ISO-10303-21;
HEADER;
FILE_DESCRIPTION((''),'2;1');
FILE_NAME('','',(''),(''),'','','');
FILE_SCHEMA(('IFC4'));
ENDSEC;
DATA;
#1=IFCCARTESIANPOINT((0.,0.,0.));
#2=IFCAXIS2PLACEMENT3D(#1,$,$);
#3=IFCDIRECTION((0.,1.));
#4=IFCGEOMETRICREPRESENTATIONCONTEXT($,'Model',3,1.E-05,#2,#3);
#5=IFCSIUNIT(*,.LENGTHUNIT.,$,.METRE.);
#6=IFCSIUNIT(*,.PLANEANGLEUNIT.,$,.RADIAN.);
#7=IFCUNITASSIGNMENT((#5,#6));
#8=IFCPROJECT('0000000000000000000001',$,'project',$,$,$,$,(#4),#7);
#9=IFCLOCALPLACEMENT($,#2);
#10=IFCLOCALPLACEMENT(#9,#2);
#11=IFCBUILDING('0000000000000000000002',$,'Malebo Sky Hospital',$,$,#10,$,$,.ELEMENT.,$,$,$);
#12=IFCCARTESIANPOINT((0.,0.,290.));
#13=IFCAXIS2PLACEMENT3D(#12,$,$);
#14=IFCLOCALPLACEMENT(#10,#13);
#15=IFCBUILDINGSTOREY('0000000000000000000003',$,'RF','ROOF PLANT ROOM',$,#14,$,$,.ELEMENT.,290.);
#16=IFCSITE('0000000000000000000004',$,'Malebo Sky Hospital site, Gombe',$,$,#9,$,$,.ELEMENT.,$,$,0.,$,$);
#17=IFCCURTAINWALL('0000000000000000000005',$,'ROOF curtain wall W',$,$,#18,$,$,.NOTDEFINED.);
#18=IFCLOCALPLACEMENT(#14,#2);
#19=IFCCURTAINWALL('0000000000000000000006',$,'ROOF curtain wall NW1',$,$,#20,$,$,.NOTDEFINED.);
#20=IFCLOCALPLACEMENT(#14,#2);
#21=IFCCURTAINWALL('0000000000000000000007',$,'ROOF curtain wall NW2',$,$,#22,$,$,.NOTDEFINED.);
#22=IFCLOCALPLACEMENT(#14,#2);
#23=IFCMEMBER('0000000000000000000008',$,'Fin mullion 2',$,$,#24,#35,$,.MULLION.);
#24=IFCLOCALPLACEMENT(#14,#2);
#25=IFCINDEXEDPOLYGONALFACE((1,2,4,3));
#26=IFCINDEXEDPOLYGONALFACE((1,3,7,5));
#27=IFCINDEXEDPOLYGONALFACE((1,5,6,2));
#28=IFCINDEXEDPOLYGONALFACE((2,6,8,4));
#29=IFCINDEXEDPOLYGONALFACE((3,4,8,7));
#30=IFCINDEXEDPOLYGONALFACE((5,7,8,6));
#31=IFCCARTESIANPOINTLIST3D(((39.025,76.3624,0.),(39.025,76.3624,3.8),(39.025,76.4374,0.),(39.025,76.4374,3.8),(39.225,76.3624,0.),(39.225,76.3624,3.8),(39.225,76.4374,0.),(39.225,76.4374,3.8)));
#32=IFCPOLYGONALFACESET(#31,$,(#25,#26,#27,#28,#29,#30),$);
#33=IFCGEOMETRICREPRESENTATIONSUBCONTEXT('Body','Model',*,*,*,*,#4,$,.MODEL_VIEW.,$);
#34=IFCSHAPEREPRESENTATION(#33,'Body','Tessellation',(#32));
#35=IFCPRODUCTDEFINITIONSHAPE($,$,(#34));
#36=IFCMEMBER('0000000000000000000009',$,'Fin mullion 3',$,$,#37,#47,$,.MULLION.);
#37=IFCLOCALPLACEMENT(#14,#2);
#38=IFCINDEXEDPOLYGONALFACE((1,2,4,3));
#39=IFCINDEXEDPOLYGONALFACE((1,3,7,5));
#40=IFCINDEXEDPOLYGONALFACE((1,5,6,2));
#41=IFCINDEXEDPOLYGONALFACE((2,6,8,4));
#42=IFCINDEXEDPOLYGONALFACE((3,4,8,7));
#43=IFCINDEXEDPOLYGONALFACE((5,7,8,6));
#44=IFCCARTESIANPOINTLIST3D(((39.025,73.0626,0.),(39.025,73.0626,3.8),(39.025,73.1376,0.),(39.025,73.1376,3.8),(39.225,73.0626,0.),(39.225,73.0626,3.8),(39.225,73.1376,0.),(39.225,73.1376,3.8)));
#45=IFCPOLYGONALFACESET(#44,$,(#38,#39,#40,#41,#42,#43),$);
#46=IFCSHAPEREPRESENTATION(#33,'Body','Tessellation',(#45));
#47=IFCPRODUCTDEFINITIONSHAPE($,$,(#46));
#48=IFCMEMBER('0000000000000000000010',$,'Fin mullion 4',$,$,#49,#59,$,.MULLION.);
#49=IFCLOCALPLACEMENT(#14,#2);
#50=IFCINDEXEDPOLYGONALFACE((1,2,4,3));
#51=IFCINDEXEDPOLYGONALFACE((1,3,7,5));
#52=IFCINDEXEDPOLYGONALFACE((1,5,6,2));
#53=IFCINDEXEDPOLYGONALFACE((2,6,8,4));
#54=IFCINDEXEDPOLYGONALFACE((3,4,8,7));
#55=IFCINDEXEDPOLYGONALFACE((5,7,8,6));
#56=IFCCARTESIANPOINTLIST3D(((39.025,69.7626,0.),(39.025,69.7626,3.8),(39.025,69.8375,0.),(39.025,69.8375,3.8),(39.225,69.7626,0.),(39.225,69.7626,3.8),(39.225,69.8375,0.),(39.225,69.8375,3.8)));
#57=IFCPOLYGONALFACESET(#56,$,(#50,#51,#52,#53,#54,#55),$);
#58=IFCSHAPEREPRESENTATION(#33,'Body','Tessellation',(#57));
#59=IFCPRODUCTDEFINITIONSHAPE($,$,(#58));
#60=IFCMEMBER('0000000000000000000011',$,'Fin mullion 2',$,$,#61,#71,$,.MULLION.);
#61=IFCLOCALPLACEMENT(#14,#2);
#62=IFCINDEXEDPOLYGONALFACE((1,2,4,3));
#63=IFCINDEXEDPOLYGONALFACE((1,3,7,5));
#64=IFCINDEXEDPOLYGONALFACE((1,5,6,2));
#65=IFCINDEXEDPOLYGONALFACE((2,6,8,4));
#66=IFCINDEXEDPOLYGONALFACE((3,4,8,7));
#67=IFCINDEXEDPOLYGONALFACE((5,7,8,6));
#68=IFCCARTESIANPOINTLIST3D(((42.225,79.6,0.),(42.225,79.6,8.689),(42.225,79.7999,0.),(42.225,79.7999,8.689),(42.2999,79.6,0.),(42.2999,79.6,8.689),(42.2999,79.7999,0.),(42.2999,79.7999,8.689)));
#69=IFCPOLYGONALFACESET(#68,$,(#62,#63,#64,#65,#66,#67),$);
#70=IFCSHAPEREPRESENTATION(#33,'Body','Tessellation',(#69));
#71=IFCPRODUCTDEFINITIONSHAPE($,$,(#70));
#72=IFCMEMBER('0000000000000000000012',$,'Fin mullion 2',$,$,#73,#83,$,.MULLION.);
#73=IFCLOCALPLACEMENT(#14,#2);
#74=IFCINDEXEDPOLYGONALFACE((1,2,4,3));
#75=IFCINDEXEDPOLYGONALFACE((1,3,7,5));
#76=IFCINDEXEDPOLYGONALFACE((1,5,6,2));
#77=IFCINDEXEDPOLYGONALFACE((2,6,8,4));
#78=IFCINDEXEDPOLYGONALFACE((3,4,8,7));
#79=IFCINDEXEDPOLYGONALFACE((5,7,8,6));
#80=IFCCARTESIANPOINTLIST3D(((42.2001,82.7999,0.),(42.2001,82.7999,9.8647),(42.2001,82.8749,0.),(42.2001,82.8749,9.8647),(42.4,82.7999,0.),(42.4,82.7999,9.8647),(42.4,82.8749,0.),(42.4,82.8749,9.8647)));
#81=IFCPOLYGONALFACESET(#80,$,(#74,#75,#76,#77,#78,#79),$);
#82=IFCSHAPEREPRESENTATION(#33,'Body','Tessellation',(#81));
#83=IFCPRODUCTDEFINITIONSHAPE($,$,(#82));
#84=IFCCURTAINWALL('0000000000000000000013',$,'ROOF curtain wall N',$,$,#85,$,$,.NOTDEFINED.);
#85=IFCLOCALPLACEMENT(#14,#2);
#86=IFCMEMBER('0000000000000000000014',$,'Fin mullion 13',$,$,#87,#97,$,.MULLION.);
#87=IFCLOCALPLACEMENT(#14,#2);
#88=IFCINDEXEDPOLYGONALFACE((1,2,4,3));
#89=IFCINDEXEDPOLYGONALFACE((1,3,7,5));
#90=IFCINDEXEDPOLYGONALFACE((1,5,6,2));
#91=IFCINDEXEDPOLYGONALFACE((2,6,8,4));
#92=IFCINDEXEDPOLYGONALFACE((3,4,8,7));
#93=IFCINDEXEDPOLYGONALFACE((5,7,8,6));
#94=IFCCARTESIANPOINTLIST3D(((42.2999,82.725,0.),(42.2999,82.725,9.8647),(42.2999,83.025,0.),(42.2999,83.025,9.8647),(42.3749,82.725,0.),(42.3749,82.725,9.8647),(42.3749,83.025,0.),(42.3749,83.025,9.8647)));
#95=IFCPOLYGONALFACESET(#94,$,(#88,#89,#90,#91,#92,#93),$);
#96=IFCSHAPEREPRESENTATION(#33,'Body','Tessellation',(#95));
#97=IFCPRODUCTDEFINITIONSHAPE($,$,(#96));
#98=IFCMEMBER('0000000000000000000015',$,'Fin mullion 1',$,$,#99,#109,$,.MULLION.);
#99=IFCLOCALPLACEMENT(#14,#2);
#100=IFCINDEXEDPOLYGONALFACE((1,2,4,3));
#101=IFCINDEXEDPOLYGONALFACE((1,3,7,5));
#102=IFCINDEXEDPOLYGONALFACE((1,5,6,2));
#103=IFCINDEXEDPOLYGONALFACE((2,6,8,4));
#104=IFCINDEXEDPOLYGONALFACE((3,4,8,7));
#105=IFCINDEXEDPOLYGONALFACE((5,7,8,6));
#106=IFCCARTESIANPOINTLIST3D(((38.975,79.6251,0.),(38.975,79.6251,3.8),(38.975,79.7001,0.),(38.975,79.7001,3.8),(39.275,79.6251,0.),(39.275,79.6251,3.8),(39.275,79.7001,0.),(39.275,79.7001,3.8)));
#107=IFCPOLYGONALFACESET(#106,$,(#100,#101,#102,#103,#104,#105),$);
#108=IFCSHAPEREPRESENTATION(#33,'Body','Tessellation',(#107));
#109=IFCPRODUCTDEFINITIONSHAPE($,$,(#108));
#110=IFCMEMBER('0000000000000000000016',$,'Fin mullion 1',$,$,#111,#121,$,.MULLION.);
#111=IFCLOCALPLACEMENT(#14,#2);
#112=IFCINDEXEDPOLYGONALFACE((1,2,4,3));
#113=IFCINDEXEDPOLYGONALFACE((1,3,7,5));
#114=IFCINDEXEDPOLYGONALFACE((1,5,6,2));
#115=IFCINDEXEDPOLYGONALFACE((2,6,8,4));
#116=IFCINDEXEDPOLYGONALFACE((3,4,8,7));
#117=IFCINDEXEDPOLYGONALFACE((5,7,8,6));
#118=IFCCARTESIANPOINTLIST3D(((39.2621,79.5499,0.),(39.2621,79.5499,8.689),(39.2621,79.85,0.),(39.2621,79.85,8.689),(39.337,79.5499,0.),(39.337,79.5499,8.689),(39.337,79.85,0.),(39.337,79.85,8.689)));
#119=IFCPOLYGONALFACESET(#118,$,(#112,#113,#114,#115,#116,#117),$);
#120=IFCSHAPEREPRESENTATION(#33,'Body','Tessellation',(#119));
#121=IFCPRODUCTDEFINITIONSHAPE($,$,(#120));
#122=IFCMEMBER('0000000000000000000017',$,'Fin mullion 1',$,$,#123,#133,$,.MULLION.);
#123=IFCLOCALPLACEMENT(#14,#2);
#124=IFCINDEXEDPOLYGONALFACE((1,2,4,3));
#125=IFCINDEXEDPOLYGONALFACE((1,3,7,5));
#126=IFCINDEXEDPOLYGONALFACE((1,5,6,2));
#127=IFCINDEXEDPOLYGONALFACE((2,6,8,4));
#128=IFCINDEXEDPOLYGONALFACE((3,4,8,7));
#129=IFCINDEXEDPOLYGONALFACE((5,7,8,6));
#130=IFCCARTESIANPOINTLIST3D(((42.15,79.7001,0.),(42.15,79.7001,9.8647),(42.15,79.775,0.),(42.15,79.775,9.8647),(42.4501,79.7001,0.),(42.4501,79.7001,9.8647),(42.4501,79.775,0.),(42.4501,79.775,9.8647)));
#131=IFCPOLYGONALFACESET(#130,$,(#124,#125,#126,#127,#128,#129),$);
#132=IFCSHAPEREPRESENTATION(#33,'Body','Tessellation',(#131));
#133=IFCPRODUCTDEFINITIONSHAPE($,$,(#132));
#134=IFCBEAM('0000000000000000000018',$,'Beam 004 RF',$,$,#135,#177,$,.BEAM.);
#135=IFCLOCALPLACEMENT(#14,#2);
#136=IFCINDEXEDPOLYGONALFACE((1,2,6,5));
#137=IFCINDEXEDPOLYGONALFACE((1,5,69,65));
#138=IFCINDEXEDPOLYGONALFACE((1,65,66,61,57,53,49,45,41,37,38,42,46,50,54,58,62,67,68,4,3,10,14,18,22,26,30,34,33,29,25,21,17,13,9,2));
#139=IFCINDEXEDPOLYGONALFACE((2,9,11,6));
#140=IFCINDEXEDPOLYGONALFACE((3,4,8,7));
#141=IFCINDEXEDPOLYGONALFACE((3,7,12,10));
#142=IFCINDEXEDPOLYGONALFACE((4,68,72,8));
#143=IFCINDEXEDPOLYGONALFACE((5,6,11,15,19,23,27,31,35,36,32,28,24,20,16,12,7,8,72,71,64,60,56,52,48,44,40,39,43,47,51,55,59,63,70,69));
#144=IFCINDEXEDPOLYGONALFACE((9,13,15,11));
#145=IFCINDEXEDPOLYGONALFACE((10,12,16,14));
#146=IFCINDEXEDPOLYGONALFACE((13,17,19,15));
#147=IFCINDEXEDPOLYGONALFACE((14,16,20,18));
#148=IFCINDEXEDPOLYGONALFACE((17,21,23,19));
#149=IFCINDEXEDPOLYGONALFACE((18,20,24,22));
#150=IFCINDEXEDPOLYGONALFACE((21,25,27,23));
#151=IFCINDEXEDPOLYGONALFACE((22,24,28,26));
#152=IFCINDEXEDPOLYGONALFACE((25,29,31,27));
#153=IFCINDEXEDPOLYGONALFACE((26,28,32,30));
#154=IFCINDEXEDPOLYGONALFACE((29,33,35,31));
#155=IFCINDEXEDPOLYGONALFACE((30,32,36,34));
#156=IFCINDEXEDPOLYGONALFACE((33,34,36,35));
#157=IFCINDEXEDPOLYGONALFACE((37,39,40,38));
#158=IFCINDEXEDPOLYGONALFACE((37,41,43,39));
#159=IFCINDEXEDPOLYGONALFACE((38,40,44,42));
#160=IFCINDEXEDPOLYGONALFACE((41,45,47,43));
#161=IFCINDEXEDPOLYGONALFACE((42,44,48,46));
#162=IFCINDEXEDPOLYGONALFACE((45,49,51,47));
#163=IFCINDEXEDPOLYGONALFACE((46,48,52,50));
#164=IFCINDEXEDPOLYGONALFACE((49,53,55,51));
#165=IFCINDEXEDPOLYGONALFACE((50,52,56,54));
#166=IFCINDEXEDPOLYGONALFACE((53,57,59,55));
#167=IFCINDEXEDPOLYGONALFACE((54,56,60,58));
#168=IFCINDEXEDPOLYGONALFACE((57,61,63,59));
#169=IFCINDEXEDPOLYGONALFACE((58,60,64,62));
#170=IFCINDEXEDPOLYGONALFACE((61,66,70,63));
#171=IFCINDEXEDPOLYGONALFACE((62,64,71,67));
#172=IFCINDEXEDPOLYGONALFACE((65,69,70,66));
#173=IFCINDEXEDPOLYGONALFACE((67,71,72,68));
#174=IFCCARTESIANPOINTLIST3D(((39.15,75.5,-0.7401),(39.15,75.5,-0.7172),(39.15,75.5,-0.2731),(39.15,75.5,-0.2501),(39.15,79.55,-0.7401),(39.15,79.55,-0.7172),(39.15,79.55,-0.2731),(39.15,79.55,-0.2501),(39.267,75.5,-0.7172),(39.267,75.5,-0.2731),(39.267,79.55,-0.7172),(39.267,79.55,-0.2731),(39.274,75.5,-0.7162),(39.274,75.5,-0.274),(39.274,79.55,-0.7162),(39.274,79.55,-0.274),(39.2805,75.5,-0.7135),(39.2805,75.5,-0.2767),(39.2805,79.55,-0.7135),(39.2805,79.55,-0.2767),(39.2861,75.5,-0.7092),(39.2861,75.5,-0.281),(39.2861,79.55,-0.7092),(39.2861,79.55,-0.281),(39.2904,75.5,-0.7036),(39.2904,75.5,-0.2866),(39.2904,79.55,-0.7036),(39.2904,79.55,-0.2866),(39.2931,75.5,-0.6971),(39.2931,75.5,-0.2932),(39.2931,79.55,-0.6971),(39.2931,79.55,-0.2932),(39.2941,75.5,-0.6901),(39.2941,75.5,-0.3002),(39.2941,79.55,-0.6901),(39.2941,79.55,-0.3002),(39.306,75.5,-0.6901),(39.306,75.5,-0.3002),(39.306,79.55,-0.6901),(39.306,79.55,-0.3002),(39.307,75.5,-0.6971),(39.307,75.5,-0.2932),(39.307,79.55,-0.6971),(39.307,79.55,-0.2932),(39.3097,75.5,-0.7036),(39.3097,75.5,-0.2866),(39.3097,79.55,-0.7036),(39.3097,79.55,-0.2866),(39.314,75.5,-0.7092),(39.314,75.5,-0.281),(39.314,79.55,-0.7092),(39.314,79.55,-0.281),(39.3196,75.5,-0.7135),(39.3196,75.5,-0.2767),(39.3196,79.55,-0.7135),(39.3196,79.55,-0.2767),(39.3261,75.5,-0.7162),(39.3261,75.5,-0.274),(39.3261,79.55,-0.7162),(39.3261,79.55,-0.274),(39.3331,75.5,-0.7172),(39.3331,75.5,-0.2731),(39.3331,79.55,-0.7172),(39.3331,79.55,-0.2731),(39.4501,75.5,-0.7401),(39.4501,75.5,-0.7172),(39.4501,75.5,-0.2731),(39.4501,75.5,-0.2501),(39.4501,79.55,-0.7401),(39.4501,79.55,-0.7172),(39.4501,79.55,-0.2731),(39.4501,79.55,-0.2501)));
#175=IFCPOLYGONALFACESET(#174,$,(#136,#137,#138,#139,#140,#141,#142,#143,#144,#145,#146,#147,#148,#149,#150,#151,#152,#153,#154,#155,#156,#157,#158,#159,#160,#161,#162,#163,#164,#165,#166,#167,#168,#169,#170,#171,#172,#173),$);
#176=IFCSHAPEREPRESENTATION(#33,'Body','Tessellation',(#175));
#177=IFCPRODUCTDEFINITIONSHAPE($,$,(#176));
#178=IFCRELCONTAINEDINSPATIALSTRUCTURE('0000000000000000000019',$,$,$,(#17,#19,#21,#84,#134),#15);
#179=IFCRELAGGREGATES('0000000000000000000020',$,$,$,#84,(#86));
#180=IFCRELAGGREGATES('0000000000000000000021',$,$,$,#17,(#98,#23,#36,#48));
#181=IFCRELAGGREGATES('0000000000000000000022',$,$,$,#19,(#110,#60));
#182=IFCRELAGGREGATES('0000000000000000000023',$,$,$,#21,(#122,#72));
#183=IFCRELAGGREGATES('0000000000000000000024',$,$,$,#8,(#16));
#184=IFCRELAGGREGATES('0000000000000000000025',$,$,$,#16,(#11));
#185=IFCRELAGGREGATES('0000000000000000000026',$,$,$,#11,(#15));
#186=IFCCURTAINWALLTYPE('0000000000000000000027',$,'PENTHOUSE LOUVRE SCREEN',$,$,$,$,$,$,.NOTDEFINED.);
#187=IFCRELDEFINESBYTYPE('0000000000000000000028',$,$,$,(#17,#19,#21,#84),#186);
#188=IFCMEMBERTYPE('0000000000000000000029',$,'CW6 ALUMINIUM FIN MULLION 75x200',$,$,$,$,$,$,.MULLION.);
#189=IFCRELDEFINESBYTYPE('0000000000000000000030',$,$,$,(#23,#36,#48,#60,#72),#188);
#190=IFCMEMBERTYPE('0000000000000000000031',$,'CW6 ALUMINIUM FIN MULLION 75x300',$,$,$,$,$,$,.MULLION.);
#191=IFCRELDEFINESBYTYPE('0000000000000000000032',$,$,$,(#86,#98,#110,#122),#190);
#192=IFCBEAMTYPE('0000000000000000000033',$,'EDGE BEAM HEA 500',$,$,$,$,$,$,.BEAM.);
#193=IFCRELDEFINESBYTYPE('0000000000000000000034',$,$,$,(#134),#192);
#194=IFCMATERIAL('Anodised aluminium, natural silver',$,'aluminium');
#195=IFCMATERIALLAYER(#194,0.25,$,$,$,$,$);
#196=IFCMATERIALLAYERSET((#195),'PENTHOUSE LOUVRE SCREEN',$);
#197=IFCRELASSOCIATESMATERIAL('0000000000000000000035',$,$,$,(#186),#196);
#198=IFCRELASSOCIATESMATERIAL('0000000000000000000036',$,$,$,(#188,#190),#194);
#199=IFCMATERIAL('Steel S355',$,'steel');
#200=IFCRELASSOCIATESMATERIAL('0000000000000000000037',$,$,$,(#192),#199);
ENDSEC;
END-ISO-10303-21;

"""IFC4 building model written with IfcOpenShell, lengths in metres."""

from ifc_helpers import new_model, si_unit, direction, frame, origin, origin_2d, place, context, subcontext, project, spatial, rectangle, i_section, extrude, material, layer, layer_set, material_profile, profile_set, type_object, element, aggregate, save


model = new_model("IFC4")

# Units and contexts
model_context = context("Model", 3, precision=1e-05, world=origin(), true_north=direction((0.0, 1.0)))
body_context = subcontext(model_context, "Body", "Model", "MODEL_VIEW")
ifc_project = project(units=[si_unit("LENGTHUNIT", "METRE"), si_unit("PLANEANGLEUNIT", "RADIAN")], contexts=[model_context])

# Site, building, storey
site_placement = place(None, origin())
site = spatial("IfcSite", under=ifc_project, at=site_placement, Name="Malebo Sky Hospital site, Gombe", CompositionType="ELEMENT", RefElevation=0.0)
building_placement = place(site_placement, origin())
building = spatial("IfcBuilding", under=site, at=building_placement, Name="Malebo Sky Hospital", CompositionType="ELEMENT")
storey_placement = place(building_placement, frame((0.0, 0.0, 290.0)))
storey = spatial("IfcBuildingStorey", under=building, at=storey_placement, Name="RF", Description="ROOF PLANT ROOM", CompositionType="ELEMENT", Elevation=290.0)

# Shared definitions
ifc_material_1 = material(Name="Steel S355", Category="steel")

# Curtain wall
ifc_material_2 = material(Name="Anodised aluminium, natural silver", Category="aluminium")
ifc_layer_1 = layer(ifc_material_2, 0.25)
ifc_layer_set_1 = layer_set([ifc_layer_1], Name="PENTHOUSE LOUVRE SCREEN")
curtain_wall_type = type_object("IfcCurtainWallType", Name="PENTHOUSE LOUVRE SCREEN", PredefinedType="NOTDEFINED", material=ifc_layer_set_1)
curtain_wall_1_placement = place(storey_placement, origin())
curtain_wall_1 = element("IfcCurtainWall", 1, at=curtain_wall_1_placement, inside=storey, type_object=curtain_wall_type, Name="ROOF curtain wall W", PredefinedType="NOTDEFINED")

# Curtain walls
curtain_wall_2_placement = place(storey_placement, origin())
curtain_wall_2 = element("IfcCurtainWall", 2, at=curtain_wall_2_placement, inside=storey, type_object=curtain_wall_type, Name="ROOF curtain wall NW1", PredefinedType="NOTDEFINED")
curtain_wall_3_placement = place(storey_placement, origin())
curtain_wall_3 = element("IfcCurtainWall", 3, at=curtain_wall_3_placement, inside=storey, type_object=curtain_wall_type, Name="ROOF curtain wall NW2", PredefinedType="NOTDEFINED")

# Members
ifc_material_profile_1 = material_profile(ifc_material_2, rectangle(XDim=0.075, YDim=0.2, at=origin_2d()), Name="CW6 ALUMINIUM FIN MULLION 75x200")
ifc_profile_set_1 = profile_set([ifc_material_profile_1], Name="Anodised aluminium, natural silver")
member_type_1 = type_object("IfcMemberType", Name="CW6 ALUMINIUM FIN MULLION 75x200", PredefinedType="MULLION", material=ifc_profile_set_1)
member_1_placement = place(storey_placement, frame((39.125, 76.3999, 0.0), z_axis=(0.0, 0.0, 1.0), x_axis=(0.0, -1.0, 0.0)))
member_1 = element("IfcMember", 4, at=member_1_placement, type_object=member_type_1, Name="Fin mullion 2", PredefinedType="MULLION", context=body_context, shape_type="SweptSolid", body=[
    extrude(rectangle(XDim=0.075, YDim=0.2, at=origin_2d()), origin(), (0.0, 0.0, 1.0), 3.8),
])
member_2_placement = place(storey_placement, frame((39.125, 73.1001, 0.0), z_axis=(0.0, 0.0, 1.0), x_axis=(0.0, -1.0, 0.0)))
member_2 = element("IfcMember", 5, at=member_2_placement, type_object=member_type_1, Name="Fin mullion 3", PredefinedType="MULLION", context=body_context, shape_type="SweptSolid", body=[
    extrude(rectangle(XDim=0.075, YDim=0.2, at=origin_2d()), origin(), (0.0, 0.0, 1.0), 3.8),
])
member_3_placement = place(storey_placement, frame((39.125, 69.8, 0.0), z_axis=(0.0, 0.0, 1.0), x_axis=(0.0, -1.0, 0.0)))
member_3 = element("IfcMember", 6, at=member_3_placement, type_object=member_type_1, Name="Fin mullion 4", PredefinedType="MULLION", context=body_context, shape_type="SweptSolid", body=[
    extrude(rectangle(XDim=0.075, YDim=0.2, at=origin_2d()), origin(), (0.0, 0.0, 1.0), 3.8),
])
member_4_placement = place(storey_placement, frame((42.2625, 79.7, 0.0), z_axis=(0.0, 0.0, 1.0), x_axis=(1.0, 0.0, 0.0)))
member_4 = element("IfcMember", 7, at=member_4_placement, type_object=member_type_1, Name="Fin mullion 2", PredefinedType="MULLION", context=body_context, shape_type="SweptSolid", body=[
    extrude(rectangle(XDim=0.075, YDim=0.2, at=origin_2d()), origin(), (0.0, 0.0, 1.0), 8.689),
])
member_5_placement = place(storey_placement, frame((42.3, 82.8374, 0.0), z_axis=(0.0, 0.0, 1.0), x_axis=(0.0, 1.0, 0.0)))
member_5 = element("IfcMember", 8, at=member_5_placement, type_object=member_type_1, Name="Fin mullion 2", PredefinedType="MULLION", context=body_context, shape_type="SweptSolid", body=[
    extrude(rectangle(XDim=0.075, YDim=0.2, at=origin_2d()), origin(), (0.0, 0.0, 1.0), 9.8647),
])

# Curtain wall, member
curtain_wall_4_placement = place(storey_placement, origin())
curtain_wall_4 = element("IfcCurtainWall", 9, at=curtain_wall_4_placement, inside=storey, type_object=curtain_wall_type, Name="ROOF curtain wall N", PredefinedType="NOTDEFINED")
ifc_material_profile_2 = material_profile(ifc_material_2, rectangle(XDim=0.075, YDim=0.3, at=origin_2d()), Name="CW6 ALUMINIUM FIN MULLION 75x300")
ifc_profile_set_2 = profile_set([ifc_material_profile_2], Name="Anodised aluminium, natural silver")
member_type_2 = type_object("IfcMemberType", Name="CW6 ALUMINIUM FIN MULLION 75x300", PredefinedType="MULLION", material=ifc_profile_set_2)
member_6_placement = place(storey_placement, frame((42.3374, 82.875, 0.0), z_axis=(0.0, 0.0, 1.0), x_axis=(-1.0, 0.0, 0.0)))
member_6 = element("IfcMember", 10, at=member_6_placement, type_object=member_type_2, Name="Fin mullion 13", PredefinedType="MULLION", context=body_context, shape_type="SweptSolid", body=[
    extrude(rectangle(XDim=0.075, YDim=0.3, at=origin_2d()), origin(), (0.0, 0.0, 1.0), 9.8647),
])
aggregate(curtain_wall_4, [member_6])

# Members
member_7_placement = place(storey_placement, frame((39.125, 79.6626, 0.0), z_axis=(0.0, 0.0, 1.0), x_axis=(0.0, -1.0, 0.0)))
member_7 = element("IfcMember", 11, at=member_7_placement, type_object=member_type_2, Name="Fin mullion 1", PredefinedType="MULLION", context=body_context, shape_type="SweptSolid", body=[
    extrude(rectangle(XDim=0.075, YDim=0.3, at=origin_2d()), origin(), (0.0, 0.0, 1.0), 3.8),
])
member_8_placement = place(storey_placement, frame((39.2996, 79.7, 0.0), z_axis=(0.0, 0.0, 1.0), x_axis=(1.0, 0.0, 0.0)))
member_8 = element("IfcMember", 12, at=member_8_placement, type_object=member_type_2, Name="Fin mullion 1", PredefinedType="MULLION", context=body_context, shape_type="SweptSolid", body=[
    extrude(rectangle(XDim=0.075, YDim=0.3, at=origin_2d()), origin(), (0.0, 0.0, 1.0), 8.689),
])
member_9_placement = place(storey_placement, frame((42.3, 79.7375, 0.0), z_axis=(0.0, 0.0, 1.0), x_axis=(0.0, 1.0, 0.0)))
member_9 = element("IfcMember", 13, at=member_9_placement, type_object=member_type_2, Name="Fin mullion 1", PredefinedType="MULLION", context=body_context, shape_type="SweptSolid", body=[
    extrude(rectangle(XDim=0.075, YDim=0.3, at=origin_2d()), origin(), (0.0, 0.0, 1.0), 9.8647),
])

# Beam
ifc_material_profile_3 = material_profile(ifc_material_1, i_section(OverallWidth=0.3, OverallDepth=0.49, WebThickness=0.012, FlangeThickness=0.0229, FilletRadius=0.0271, at=origin_2d()), Name="HEA 500")
ifc_profile_set_3 = profile_set([ifc_material_profile_3], Name="Steel S355")
beam_type_1 = type_object("IfcBeamType", Name="EDGE BEAM HEA 500", PredefinedType="BEAM", material=ifc_profile_set_3)
beam_1_placement = place(storey_placement, frame((39.3, 75.5, -0.4951), z_axis=(0.0, 1.0, 0.0), x_axis=(-1.0, 0.0, 0.0)))
element("IfcBeam", 14, at=beam_1_placement, inside=storey, type_object=beam_type_1, Name="Beam 004 RF", PredefinedType="BEAM", context=body_context, shape_type="SweptSolid", body=[
    extrude(i_section(OverallWidth=0.3, OverallDepth=0.49, WebThickness=0.012, FlangeThickness=0.0229, FilletRadius=0.0271, at=origin_2d()), origin(), (0.0, 0.0, 1.0), 4.05),
])

aggregate(curtain_wall_1, [member_7, member_1, member_2, member_3])
aggregate(curtain_wall_2, [member_8, member_4])
aggregate(curtain_wall_3, [member_9, member_5])

save(model, "model.ifc")
